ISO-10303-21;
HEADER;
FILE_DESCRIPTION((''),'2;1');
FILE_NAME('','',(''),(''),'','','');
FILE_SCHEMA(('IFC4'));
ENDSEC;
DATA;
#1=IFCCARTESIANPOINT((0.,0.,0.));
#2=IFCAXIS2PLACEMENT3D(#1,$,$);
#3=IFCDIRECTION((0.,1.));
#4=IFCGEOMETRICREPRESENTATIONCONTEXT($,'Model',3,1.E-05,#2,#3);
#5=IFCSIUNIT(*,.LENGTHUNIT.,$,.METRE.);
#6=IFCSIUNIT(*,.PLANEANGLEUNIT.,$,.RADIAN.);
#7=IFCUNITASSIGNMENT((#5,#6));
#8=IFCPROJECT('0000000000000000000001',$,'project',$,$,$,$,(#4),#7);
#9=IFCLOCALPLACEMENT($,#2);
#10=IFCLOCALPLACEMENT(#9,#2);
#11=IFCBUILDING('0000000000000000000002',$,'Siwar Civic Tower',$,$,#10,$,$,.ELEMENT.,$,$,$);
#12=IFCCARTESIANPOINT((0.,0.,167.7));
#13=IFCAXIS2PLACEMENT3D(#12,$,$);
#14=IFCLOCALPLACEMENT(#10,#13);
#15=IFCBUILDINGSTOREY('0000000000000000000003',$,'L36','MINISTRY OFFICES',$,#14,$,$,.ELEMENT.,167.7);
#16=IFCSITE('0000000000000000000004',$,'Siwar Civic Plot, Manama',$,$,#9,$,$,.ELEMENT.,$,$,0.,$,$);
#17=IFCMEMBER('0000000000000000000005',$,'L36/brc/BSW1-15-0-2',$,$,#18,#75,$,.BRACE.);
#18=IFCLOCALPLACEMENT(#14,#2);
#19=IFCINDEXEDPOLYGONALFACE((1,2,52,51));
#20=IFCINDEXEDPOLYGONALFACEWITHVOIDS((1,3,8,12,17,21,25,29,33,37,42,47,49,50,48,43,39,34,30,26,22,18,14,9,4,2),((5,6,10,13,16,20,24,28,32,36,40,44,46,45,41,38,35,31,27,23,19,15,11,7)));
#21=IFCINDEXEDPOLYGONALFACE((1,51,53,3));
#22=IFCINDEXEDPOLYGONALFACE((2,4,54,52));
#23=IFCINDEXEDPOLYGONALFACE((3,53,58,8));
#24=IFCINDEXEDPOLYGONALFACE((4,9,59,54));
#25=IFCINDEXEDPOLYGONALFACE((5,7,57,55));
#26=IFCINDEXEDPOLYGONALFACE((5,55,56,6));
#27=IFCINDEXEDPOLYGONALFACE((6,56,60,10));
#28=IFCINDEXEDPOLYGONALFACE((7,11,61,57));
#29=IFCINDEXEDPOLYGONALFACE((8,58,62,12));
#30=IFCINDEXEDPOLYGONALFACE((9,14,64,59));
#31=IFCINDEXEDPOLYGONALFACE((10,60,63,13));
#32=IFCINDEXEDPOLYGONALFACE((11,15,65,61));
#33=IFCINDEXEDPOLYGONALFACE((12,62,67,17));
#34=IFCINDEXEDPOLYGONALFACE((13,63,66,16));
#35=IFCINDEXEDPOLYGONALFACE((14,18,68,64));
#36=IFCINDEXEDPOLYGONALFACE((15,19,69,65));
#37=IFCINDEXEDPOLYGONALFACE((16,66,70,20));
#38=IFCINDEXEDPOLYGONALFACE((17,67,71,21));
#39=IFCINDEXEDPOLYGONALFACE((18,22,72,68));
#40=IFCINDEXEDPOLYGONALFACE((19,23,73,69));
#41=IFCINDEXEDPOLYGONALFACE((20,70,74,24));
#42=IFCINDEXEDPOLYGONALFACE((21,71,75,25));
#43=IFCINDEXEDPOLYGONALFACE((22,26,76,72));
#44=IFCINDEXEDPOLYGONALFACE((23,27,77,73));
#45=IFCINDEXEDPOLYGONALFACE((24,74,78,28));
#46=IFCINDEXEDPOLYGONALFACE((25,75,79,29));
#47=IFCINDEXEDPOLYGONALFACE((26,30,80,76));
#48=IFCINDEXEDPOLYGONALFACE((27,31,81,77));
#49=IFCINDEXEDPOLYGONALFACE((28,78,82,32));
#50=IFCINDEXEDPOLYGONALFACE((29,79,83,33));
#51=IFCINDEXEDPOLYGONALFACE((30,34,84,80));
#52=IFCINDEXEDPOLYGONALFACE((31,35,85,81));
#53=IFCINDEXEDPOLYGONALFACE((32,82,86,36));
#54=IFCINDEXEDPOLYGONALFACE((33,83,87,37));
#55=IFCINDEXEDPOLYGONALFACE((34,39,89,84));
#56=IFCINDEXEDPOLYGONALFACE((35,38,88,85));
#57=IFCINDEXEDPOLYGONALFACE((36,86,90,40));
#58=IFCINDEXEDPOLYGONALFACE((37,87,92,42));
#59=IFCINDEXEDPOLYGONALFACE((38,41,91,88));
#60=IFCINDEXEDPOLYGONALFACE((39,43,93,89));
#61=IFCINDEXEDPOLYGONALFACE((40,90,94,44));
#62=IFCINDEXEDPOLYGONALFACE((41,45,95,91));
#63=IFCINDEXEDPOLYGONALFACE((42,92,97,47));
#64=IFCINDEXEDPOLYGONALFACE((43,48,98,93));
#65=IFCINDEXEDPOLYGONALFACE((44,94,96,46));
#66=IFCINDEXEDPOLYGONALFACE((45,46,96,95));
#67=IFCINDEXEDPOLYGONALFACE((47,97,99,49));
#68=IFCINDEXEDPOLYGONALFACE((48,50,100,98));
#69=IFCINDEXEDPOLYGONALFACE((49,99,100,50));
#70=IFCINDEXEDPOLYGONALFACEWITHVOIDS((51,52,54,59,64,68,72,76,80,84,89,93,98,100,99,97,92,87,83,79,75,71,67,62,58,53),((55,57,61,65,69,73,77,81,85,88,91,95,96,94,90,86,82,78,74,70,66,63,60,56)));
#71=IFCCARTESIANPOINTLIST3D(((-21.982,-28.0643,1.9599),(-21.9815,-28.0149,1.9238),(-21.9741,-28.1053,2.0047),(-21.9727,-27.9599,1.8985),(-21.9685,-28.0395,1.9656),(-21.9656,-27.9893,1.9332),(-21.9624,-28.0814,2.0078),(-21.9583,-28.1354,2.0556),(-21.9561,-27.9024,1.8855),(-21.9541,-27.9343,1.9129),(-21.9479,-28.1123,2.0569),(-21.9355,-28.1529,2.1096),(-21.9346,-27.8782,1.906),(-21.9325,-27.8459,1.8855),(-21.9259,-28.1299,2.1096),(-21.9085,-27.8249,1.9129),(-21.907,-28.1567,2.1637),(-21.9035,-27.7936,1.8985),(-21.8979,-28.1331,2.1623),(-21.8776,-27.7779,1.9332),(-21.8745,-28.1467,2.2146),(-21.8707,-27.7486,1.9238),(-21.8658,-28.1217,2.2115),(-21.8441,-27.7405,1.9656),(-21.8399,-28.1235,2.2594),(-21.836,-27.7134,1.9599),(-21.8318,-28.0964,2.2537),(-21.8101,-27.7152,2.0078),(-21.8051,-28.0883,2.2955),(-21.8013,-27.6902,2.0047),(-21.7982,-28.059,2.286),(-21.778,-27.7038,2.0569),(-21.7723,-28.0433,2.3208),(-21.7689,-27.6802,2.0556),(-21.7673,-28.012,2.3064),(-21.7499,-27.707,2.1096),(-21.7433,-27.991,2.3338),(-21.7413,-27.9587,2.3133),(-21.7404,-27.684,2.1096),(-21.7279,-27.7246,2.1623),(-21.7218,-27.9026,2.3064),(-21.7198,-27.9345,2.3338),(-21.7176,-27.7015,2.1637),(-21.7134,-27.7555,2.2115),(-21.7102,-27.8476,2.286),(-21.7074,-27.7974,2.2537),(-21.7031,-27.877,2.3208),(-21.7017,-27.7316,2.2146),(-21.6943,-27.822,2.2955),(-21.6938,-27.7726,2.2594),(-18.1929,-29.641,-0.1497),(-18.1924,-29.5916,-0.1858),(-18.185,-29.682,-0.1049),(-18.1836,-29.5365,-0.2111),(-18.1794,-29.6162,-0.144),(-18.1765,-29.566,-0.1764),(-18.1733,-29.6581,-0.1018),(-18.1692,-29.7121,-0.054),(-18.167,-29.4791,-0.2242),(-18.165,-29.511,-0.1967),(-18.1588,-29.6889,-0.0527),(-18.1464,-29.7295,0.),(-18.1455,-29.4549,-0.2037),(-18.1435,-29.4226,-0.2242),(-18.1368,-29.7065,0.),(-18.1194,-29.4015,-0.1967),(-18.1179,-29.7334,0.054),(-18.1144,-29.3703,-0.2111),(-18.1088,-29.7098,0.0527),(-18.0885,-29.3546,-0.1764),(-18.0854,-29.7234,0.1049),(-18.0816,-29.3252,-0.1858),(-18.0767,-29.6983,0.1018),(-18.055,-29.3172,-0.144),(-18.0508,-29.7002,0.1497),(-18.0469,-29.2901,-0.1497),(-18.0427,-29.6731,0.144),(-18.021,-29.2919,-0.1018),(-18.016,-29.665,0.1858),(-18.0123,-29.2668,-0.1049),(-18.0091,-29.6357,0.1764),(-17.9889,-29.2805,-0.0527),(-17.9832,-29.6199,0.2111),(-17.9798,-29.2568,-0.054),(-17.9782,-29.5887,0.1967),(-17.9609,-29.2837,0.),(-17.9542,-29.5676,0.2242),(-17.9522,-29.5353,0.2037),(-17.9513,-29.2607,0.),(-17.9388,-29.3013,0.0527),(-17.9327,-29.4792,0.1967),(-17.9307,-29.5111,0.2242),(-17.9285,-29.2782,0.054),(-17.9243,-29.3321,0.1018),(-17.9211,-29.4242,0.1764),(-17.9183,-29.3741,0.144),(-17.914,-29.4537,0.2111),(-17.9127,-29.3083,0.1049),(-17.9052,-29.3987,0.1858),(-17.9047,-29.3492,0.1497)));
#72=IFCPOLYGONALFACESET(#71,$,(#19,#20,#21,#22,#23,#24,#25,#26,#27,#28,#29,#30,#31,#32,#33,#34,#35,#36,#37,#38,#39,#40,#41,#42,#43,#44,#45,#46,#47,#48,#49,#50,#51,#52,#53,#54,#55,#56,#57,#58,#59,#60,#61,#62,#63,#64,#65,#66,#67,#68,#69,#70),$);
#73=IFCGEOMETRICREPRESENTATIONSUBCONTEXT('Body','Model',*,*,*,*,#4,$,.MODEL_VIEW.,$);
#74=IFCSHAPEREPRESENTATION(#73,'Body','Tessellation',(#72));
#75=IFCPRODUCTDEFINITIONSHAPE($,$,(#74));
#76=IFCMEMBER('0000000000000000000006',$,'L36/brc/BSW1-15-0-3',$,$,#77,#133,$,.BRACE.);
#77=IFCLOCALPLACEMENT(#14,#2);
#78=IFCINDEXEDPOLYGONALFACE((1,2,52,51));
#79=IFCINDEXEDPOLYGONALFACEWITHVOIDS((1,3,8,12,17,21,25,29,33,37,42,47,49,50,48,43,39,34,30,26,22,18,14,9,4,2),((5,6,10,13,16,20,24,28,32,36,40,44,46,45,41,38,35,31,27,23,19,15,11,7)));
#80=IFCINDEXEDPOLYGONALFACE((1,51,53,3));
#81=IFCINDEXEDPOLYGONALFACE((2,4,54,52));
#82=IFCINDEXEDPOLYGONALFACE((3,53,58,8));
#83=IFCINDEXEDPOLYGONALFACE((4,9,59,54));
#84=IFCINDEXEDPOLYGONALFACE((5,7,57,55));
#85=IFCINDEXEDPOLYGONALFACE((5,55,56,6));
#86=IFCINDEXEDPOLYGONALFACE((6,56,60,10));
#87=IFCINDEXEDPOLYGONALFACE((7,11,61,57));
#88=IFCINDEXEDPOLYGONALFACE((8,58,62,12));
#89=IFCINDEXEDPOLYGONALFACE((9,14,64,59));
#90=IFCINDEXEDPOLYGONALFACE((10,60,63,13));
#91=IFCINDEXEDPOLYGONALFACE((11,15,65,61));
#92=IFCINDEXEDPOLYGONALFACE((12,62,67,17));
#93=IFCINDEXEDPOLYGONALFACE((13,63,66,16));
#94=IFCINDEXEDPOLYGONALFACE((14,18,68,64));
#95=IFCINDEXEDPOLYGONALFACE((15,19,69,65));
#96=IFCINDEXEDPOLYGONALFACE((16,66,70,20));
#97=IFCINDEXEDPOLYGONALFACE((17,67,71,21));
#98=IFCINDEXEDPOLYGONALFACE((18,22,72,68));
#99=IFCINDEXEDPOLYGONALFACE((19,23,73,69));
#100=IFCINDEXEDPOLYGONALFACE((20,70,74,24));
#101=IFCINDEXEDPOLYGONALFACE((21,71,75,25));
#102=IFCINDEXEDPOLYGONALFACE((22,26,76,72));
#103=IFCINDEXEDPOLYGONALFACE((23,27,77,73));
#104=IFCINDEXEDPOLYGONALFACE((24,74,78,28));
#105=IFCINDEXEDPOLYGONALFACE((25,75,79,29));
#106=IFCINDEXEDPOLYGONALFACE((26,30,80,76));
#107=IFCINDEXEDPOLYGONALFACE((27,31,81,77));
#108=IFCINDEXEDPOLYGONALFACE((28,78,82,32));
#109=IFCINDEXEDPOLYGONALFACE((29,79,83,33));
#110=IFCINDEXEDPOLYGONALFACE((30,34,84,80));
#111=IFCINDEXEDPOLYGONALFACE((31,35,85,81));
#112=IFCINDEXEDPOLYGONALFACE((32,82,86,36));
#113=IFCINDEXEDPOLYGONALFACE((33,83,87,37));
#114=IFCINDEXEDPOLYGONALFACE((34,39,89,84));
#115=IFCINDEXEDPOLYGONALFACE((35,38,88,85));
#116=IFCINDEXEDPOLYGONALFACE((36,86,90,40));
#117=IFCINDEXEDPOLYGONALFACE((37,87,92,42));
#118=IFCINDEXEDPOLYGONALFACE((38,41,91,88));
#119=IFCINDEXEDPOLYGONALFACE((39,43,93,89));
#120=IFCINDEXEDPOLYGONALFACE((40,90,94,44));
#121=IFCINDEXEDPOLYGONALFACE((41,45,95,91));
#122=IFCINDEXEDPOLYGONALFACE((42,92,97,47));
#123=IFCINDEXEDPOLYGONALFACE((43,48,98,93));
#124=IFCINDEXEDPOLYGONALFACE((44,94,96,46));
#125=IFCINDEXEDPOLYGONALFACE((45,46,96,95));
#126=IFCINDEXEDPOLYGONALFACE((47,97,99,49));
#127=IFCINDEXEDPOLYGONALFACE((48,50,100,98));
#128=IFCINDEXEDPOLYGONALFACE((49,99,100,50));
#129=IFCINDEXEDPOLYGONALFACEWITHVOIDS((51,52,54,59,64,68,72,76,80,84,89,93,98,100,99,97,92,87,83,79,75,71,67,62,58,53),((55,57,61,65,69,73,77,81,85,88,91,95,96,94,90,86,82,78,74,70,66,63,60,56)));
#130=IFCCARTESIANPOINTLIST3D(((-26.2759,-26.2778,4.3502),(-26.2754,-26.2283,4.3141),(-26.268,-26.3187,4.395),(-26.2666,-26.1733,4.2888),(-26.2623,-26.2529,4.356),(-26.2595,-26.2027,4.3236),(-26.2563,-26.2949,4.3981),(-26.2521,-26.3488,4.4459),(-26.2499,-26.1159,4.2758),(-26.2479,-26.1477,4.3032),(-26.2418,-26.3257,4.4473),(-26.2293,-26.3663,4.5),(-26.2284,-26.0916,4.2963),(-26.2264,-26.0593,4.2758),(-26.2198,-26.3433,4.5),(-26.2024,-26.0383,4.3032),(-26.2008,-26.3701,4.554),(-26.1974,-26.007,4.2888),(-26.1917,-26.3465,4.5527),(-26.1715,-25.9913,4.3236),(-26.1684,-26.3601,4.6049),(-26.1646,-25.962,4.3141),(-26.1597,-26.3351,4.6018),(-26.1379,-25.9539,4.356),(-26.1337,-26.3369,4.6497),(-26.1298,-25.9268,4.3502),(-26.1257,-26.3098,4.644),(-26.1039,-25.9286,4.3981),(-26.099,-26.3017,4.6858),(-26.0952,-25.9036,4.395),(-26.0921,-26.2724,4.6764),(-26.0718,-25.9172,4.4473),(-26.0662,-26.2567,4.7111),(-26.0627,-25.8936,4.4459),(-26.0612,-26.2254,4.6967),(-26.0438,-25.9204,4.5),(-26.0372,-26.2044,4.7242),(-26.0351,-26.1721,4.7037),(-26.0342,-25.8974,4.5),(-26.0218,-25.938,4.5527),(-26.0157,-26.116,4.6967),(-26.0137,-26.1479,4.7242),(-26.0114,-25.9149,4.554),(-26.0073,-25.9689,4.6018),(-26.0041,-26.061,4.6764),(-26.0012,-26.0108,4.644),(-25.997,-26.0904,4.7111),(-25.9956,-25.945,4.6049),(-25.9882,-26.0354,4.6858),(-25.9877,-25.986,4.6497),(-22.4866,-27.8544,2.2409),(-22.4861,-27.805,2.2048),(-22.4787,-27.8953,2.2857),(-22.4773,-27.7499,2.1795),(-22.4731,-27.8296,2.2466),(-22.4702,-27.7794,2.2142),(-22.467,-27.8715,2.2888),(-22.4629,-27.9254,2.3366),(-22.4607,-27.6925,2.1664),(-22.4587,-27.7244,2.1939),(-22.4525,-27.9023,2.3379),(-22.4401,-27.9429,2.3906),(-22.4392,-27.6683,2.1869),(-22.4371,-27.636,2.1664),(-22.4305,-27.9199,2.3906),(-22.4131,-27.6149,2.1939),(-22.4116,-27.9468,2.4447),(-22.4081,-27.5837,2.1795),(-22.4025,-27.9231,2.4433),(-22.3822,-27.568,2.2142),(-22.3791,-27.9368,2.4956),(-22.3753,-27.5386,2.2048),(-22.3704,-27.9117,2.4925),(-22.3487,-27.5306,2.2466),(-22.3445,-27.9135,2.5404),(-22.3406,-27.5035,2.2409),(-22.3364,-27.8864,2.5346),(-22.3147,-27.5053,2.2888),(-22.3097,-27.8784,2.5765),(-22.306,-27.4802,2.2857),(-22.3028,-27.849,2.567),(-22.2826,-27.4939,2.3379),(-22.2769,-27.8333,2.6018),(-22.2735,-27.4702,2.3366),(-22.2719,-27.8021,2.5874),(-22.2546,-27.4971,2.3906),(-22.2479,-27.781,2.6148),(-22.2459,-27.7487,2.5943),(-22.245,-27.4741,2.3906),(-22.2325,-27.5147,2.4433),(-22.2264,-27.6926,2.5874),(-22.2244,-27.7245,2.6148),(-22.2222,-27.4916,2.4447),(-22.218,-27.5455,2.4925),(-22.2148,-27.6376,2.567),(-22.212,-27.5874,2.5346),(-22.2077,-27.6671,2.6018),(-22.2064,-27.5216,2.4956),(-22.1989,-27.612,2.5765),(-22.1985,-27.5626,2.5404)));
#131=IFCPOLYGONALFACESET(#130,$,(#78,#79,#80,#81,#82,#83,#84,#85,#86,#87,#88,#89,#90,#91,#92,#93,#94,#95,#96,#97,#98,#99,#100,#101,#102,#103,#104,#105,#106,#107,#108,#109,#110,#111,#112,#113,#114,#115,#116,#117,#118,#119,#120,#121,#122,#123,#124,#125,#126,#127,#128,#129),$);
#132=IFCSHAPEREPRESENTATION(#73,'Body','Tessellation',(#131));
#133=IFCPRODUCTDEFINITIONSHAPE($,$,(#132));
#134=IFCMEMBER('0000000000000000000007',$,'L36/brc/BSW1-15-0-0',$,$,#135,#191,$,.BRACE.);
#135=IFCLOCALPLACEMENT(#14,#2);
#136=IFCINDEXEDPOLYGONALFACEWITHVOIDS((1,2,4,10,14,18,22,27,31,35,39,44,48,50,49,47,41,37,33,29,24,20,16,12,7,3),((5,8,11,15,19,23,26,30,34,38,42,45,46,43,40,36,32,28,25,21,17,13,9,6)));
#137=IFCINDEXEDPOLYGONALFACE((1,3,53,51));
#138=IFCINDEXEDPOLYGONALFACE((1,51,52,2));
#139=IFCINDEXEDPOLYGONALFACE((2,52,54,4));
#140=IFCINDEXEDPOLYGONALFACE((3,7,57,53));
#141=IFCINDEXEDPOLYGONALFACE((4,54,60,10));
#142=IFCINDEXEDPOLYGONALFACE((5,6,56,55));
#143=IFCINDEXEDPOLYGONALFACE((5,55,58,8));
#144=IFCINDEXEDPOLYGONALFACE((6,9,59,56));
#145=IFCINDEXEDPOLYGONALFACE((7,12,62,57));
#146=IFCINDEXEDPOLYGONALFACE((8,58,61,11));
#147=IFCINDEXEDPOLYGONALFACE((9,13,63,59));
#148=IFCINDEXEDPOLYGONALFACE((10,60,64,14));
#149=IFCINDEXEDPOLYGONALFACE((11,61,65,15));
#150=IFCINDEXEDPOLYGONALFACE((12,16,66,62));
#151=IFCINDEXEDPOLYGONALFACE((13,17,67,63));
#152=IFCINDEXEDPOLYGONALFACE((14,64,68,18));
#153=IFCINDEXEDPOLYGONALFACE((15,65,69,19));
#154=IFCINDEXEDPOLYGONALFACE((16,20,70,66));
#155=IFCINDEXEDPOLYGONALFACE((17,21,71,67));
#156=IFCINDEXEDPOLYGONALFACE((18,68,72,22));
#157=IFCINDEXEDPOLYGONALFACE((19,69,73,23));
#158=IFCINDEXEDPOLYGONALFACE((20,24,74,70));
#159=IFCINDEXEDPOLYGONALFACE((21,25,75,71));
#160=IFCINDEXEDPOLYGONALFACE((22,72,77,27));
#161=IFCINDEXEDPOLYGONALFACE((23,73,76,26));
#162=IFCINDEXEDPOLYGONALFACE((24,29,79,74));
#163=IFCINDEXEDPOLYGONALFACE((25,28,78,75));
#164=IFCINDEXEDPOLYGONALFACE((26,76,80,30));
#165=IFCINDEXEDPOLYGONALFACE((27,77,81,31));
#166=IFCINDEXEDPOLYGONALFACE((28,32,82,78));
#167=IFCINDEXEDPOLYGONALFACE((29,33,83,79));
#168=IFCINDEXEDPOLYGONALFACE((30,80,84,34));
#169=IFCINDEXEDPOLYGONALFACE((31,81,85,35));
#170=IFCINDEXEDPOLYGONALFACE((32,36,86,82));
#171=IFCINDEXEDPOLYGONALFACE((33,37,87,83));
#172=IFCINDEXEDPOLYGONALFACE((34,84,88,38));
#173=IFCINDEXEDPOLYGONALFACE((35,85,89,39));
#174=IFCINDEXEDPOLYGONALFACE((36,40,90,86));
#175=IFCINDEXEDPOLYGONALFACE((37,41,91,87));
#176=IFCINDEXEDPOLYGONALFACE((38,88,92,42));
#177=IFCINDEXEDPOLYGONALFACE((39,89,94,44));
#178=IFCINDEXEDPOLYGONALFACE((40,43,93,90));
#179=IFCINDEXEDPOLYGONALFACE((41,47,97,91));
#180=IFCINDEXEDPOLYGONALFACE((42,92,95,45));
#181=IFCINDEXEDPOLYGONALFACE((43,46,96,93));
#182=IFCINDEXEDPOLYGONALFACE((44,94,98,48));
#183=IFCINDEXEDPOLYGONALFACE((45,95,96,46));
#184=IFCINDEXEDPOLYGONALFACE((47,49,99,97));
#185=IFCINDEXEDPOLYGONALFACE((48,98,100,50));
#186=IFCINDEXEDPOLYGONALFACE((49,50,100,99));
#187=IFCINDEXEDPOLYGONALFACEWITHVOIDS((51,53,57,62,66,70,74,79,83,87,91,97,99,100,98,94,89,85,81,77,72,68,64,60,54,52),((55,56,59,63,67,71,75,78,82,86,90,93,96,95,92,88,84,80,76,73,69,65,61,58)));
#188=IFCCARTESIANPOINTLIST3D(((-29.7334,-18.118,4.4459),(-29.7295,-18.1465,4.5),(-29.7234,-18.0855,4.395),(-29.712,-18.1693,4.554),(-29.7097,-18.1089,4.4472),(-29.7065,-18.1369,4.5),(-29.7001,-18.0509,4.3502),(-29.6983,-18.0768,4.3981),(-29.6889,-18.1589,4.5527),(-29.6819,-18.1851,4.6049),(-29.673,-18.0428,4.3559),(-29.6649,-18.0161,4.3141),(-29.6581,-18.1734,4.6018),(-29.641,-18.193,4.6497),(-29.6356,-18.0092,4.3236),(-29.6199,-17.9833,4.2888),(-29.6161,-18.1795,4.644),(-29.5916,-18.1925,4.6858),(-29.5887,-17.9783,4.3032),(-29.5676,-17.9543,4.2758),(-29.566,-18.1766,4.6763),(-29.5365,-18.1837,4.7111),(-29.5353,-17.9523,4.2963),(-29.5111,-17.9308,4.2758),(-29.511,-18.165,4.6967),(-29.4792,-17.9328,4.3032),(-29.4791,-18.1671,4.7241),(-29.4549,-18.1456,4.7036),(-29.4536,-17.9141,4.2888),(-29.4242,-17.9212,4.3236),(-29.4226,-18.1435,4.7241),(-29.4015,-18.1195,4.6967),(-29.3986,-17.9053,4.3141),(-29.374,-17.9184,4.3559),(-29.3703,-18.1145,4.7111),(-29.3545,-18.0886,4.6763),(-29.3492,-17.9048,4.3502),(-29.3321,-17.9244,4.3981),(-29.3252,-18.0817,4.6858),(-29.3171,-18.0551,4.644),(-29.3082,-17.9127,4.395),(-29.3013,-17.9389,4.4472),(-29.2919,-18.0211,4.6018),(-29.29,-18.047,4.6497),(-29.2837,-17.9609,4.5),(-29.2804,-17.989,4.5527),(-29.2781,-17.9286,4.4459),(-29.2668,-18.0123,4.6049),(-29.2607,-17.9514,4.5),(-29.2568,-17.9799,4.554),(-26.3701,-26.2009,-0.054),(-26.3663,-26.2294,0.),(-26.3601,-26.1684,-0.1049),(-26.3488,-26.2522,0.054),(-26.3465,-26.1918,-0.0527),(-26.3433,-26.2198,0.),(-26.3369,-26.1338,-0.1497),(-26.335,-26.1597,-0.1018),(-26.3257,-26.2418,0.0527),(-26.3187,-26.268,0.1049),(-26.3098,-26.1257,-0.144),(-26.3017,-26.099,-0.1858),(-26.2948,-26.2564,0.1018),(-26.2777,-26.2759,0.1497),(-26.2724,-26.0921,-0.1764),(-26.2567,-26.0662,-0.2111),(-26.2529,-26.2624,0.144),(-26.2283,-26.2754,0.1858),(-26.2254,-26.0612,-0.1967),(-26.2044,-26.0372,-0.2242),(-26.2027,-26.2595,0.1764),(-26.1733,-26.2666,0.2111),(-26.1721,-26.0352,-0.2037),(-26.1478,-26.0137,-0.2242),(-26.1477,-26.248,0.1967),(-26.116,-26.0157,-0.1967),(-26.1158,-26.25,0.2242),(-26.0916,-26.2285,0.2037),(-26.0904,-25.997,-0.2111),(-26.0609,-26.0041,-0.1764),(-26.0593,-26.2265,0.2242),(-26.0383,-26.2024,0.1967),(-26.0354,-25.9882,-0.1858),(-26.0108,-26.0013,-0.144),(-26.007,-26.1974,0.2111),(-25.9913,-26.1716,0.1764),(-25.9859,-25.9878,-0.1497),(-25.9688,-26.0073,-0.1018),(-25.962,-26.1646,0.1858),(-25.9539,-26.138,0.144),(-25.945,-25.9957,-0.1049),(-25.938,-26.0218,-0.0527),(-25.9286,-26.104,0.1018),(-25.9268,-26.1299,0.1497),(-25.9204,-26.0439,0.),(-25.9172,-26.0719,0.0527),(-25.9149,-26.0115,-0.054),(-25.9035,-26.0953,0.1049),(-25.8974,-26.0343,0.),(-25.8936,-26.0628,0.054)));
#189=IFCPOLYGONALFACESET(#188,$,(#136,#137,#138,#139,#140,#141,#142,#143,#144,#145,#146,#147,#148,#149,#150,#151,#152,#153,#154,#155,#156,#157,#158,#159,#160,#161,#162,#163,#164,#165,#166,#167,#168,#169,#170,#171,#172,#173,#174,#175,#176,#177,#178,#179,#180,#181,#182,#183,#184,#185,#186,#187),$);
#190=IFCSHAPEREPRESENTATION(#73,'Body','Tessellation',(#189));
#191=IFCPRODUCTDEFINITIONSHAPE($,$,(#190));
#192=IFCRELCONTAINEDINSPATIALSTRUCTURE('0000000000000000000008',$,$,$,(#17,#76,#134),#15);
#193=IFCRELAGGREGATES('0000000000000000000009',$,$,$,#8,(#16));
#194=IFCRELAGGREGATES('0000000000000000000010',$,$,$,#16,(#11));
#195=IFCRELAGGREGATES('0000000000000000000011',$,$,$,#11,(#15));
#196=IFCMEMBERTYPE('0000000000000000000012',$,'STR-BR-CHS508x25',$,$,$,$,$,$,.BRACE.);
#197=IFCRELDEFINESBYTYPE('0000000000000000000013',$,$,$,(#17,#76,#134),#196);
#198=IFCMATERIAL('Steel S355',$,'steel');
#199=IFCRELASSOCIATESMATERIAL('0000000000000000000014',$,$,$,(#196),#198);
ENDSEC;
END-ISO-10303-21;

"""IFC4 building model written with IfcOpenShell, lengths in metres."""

from ifc_helpers import new_model, si_unit, direction, frame, origin, origin_2d, place, context, subcontext, project, spatial, hollow_circle, extrude, material, material_profile, profile_set, type_object, element, save


model = new_model("IFC4")

# Units and contexts
model_context = context("Model", 3, precision=1e-05, world=origin(), true_north=direction((0.0, 1.0)))
body_context = subcontext(model_context, "Body", "Model", "MODEL_VIEW")
ifc_project = project(units=[si_unit("LENGTHUNIT", "METRE"), si_unit("PLANEANGLEUNIT", "RADIAN")], contexts=[model_context])

# Site, building, storey
site_placement = place(None, origin())
site = spatial("IfcSite", under=ifc_project, at=site_placement, Name="Siwar Civic Plot, Manama", CompositionType="ELEMENT", RefElevation=0.0)
building_placement = place(site_placement, origin())
building = spatial("IfcBuilding", under=site, at=building_placement, Name="Siwar Civic Tower", CompositionType="ELEMENT")
storey_placement = place(building_placement, frame((0.0, 0.0, 167.7)))
storey = spatial("IfcBuildingStorey", under=building, at=storey_placement, Name="L36", Description="MINISTRY OFFICES", CompositionType="ELEMENT", Elevation=167.7)

# Members
ifc_material_1 = material(Name="Steel S355", Category="steel")
ifc_material_profile_1 = material_profile(ifc_material_1, hollow_circle(Radius=0.2539, WallThickness=0.0249, at=origin_2d()), Name="CHS508x25")
ifc_profile_set_1 = profile_set([ifc_material_profile_1], Name="Steel S355")
member_type_1 = type_object("IfcMemberType", Name="STR-BR-CHS508x25", PredefinedType="BRACE", material=ifc_profile_set_1)
for number, where, z_axis, x_axis, name in (
    (1, (-18.0488, -29.4951, 0.0), (-0.821126, 0.341677, 0.457175), (-0.384176, -0.92326, 0.0), "L36/brc/BSW1-15-0-2"),
    (2, (-22.3425, -27.7085, 2.3906), (-0.821163, 0.341671, 0.457113), (-0.384155, -0.923269, 0.0), "L36/brc/BSW1-15-0-3"),
):
    element("IfcMember", number, at=place(storey_placement, frame(where, z_axis=z_axis, x_axis=x_axis)), inside=storey, type_object=member_type_1, Name=name, PredefinedType="BRACE", context=body_context, shape_type="SweptSolid", body=[
        extrude(hollow_circle(Radius=0.2539, WallThickness=0.0249, at=origin_2d()), origin(), (0.0, 0.0, 1.0), 4.6145),
    ])
member_1_placement = place(storey_placement, frame((-26.1318, -26.1318, 0.0), z_axis=(-0.341671, 0.821143, 0.457149), x_axis=(-0.923265, -0.384164, 0.0)))
element("IfcMember", 3, at=member_1_placement, inside=storey, type_object=member_type_1, Name="L36/brc/BSW1-15-0-0", PredefinedType="BRACE", context=body_context, shape_type="SweptSolid", body=[
    extrude(hollow_circle(Radius=0.2539, WallThickness=0.0249, at=origin_2d()), origin(), (0.0, 0.0, 1.0), 9.8435),
])

save(model, "model.ifc")
